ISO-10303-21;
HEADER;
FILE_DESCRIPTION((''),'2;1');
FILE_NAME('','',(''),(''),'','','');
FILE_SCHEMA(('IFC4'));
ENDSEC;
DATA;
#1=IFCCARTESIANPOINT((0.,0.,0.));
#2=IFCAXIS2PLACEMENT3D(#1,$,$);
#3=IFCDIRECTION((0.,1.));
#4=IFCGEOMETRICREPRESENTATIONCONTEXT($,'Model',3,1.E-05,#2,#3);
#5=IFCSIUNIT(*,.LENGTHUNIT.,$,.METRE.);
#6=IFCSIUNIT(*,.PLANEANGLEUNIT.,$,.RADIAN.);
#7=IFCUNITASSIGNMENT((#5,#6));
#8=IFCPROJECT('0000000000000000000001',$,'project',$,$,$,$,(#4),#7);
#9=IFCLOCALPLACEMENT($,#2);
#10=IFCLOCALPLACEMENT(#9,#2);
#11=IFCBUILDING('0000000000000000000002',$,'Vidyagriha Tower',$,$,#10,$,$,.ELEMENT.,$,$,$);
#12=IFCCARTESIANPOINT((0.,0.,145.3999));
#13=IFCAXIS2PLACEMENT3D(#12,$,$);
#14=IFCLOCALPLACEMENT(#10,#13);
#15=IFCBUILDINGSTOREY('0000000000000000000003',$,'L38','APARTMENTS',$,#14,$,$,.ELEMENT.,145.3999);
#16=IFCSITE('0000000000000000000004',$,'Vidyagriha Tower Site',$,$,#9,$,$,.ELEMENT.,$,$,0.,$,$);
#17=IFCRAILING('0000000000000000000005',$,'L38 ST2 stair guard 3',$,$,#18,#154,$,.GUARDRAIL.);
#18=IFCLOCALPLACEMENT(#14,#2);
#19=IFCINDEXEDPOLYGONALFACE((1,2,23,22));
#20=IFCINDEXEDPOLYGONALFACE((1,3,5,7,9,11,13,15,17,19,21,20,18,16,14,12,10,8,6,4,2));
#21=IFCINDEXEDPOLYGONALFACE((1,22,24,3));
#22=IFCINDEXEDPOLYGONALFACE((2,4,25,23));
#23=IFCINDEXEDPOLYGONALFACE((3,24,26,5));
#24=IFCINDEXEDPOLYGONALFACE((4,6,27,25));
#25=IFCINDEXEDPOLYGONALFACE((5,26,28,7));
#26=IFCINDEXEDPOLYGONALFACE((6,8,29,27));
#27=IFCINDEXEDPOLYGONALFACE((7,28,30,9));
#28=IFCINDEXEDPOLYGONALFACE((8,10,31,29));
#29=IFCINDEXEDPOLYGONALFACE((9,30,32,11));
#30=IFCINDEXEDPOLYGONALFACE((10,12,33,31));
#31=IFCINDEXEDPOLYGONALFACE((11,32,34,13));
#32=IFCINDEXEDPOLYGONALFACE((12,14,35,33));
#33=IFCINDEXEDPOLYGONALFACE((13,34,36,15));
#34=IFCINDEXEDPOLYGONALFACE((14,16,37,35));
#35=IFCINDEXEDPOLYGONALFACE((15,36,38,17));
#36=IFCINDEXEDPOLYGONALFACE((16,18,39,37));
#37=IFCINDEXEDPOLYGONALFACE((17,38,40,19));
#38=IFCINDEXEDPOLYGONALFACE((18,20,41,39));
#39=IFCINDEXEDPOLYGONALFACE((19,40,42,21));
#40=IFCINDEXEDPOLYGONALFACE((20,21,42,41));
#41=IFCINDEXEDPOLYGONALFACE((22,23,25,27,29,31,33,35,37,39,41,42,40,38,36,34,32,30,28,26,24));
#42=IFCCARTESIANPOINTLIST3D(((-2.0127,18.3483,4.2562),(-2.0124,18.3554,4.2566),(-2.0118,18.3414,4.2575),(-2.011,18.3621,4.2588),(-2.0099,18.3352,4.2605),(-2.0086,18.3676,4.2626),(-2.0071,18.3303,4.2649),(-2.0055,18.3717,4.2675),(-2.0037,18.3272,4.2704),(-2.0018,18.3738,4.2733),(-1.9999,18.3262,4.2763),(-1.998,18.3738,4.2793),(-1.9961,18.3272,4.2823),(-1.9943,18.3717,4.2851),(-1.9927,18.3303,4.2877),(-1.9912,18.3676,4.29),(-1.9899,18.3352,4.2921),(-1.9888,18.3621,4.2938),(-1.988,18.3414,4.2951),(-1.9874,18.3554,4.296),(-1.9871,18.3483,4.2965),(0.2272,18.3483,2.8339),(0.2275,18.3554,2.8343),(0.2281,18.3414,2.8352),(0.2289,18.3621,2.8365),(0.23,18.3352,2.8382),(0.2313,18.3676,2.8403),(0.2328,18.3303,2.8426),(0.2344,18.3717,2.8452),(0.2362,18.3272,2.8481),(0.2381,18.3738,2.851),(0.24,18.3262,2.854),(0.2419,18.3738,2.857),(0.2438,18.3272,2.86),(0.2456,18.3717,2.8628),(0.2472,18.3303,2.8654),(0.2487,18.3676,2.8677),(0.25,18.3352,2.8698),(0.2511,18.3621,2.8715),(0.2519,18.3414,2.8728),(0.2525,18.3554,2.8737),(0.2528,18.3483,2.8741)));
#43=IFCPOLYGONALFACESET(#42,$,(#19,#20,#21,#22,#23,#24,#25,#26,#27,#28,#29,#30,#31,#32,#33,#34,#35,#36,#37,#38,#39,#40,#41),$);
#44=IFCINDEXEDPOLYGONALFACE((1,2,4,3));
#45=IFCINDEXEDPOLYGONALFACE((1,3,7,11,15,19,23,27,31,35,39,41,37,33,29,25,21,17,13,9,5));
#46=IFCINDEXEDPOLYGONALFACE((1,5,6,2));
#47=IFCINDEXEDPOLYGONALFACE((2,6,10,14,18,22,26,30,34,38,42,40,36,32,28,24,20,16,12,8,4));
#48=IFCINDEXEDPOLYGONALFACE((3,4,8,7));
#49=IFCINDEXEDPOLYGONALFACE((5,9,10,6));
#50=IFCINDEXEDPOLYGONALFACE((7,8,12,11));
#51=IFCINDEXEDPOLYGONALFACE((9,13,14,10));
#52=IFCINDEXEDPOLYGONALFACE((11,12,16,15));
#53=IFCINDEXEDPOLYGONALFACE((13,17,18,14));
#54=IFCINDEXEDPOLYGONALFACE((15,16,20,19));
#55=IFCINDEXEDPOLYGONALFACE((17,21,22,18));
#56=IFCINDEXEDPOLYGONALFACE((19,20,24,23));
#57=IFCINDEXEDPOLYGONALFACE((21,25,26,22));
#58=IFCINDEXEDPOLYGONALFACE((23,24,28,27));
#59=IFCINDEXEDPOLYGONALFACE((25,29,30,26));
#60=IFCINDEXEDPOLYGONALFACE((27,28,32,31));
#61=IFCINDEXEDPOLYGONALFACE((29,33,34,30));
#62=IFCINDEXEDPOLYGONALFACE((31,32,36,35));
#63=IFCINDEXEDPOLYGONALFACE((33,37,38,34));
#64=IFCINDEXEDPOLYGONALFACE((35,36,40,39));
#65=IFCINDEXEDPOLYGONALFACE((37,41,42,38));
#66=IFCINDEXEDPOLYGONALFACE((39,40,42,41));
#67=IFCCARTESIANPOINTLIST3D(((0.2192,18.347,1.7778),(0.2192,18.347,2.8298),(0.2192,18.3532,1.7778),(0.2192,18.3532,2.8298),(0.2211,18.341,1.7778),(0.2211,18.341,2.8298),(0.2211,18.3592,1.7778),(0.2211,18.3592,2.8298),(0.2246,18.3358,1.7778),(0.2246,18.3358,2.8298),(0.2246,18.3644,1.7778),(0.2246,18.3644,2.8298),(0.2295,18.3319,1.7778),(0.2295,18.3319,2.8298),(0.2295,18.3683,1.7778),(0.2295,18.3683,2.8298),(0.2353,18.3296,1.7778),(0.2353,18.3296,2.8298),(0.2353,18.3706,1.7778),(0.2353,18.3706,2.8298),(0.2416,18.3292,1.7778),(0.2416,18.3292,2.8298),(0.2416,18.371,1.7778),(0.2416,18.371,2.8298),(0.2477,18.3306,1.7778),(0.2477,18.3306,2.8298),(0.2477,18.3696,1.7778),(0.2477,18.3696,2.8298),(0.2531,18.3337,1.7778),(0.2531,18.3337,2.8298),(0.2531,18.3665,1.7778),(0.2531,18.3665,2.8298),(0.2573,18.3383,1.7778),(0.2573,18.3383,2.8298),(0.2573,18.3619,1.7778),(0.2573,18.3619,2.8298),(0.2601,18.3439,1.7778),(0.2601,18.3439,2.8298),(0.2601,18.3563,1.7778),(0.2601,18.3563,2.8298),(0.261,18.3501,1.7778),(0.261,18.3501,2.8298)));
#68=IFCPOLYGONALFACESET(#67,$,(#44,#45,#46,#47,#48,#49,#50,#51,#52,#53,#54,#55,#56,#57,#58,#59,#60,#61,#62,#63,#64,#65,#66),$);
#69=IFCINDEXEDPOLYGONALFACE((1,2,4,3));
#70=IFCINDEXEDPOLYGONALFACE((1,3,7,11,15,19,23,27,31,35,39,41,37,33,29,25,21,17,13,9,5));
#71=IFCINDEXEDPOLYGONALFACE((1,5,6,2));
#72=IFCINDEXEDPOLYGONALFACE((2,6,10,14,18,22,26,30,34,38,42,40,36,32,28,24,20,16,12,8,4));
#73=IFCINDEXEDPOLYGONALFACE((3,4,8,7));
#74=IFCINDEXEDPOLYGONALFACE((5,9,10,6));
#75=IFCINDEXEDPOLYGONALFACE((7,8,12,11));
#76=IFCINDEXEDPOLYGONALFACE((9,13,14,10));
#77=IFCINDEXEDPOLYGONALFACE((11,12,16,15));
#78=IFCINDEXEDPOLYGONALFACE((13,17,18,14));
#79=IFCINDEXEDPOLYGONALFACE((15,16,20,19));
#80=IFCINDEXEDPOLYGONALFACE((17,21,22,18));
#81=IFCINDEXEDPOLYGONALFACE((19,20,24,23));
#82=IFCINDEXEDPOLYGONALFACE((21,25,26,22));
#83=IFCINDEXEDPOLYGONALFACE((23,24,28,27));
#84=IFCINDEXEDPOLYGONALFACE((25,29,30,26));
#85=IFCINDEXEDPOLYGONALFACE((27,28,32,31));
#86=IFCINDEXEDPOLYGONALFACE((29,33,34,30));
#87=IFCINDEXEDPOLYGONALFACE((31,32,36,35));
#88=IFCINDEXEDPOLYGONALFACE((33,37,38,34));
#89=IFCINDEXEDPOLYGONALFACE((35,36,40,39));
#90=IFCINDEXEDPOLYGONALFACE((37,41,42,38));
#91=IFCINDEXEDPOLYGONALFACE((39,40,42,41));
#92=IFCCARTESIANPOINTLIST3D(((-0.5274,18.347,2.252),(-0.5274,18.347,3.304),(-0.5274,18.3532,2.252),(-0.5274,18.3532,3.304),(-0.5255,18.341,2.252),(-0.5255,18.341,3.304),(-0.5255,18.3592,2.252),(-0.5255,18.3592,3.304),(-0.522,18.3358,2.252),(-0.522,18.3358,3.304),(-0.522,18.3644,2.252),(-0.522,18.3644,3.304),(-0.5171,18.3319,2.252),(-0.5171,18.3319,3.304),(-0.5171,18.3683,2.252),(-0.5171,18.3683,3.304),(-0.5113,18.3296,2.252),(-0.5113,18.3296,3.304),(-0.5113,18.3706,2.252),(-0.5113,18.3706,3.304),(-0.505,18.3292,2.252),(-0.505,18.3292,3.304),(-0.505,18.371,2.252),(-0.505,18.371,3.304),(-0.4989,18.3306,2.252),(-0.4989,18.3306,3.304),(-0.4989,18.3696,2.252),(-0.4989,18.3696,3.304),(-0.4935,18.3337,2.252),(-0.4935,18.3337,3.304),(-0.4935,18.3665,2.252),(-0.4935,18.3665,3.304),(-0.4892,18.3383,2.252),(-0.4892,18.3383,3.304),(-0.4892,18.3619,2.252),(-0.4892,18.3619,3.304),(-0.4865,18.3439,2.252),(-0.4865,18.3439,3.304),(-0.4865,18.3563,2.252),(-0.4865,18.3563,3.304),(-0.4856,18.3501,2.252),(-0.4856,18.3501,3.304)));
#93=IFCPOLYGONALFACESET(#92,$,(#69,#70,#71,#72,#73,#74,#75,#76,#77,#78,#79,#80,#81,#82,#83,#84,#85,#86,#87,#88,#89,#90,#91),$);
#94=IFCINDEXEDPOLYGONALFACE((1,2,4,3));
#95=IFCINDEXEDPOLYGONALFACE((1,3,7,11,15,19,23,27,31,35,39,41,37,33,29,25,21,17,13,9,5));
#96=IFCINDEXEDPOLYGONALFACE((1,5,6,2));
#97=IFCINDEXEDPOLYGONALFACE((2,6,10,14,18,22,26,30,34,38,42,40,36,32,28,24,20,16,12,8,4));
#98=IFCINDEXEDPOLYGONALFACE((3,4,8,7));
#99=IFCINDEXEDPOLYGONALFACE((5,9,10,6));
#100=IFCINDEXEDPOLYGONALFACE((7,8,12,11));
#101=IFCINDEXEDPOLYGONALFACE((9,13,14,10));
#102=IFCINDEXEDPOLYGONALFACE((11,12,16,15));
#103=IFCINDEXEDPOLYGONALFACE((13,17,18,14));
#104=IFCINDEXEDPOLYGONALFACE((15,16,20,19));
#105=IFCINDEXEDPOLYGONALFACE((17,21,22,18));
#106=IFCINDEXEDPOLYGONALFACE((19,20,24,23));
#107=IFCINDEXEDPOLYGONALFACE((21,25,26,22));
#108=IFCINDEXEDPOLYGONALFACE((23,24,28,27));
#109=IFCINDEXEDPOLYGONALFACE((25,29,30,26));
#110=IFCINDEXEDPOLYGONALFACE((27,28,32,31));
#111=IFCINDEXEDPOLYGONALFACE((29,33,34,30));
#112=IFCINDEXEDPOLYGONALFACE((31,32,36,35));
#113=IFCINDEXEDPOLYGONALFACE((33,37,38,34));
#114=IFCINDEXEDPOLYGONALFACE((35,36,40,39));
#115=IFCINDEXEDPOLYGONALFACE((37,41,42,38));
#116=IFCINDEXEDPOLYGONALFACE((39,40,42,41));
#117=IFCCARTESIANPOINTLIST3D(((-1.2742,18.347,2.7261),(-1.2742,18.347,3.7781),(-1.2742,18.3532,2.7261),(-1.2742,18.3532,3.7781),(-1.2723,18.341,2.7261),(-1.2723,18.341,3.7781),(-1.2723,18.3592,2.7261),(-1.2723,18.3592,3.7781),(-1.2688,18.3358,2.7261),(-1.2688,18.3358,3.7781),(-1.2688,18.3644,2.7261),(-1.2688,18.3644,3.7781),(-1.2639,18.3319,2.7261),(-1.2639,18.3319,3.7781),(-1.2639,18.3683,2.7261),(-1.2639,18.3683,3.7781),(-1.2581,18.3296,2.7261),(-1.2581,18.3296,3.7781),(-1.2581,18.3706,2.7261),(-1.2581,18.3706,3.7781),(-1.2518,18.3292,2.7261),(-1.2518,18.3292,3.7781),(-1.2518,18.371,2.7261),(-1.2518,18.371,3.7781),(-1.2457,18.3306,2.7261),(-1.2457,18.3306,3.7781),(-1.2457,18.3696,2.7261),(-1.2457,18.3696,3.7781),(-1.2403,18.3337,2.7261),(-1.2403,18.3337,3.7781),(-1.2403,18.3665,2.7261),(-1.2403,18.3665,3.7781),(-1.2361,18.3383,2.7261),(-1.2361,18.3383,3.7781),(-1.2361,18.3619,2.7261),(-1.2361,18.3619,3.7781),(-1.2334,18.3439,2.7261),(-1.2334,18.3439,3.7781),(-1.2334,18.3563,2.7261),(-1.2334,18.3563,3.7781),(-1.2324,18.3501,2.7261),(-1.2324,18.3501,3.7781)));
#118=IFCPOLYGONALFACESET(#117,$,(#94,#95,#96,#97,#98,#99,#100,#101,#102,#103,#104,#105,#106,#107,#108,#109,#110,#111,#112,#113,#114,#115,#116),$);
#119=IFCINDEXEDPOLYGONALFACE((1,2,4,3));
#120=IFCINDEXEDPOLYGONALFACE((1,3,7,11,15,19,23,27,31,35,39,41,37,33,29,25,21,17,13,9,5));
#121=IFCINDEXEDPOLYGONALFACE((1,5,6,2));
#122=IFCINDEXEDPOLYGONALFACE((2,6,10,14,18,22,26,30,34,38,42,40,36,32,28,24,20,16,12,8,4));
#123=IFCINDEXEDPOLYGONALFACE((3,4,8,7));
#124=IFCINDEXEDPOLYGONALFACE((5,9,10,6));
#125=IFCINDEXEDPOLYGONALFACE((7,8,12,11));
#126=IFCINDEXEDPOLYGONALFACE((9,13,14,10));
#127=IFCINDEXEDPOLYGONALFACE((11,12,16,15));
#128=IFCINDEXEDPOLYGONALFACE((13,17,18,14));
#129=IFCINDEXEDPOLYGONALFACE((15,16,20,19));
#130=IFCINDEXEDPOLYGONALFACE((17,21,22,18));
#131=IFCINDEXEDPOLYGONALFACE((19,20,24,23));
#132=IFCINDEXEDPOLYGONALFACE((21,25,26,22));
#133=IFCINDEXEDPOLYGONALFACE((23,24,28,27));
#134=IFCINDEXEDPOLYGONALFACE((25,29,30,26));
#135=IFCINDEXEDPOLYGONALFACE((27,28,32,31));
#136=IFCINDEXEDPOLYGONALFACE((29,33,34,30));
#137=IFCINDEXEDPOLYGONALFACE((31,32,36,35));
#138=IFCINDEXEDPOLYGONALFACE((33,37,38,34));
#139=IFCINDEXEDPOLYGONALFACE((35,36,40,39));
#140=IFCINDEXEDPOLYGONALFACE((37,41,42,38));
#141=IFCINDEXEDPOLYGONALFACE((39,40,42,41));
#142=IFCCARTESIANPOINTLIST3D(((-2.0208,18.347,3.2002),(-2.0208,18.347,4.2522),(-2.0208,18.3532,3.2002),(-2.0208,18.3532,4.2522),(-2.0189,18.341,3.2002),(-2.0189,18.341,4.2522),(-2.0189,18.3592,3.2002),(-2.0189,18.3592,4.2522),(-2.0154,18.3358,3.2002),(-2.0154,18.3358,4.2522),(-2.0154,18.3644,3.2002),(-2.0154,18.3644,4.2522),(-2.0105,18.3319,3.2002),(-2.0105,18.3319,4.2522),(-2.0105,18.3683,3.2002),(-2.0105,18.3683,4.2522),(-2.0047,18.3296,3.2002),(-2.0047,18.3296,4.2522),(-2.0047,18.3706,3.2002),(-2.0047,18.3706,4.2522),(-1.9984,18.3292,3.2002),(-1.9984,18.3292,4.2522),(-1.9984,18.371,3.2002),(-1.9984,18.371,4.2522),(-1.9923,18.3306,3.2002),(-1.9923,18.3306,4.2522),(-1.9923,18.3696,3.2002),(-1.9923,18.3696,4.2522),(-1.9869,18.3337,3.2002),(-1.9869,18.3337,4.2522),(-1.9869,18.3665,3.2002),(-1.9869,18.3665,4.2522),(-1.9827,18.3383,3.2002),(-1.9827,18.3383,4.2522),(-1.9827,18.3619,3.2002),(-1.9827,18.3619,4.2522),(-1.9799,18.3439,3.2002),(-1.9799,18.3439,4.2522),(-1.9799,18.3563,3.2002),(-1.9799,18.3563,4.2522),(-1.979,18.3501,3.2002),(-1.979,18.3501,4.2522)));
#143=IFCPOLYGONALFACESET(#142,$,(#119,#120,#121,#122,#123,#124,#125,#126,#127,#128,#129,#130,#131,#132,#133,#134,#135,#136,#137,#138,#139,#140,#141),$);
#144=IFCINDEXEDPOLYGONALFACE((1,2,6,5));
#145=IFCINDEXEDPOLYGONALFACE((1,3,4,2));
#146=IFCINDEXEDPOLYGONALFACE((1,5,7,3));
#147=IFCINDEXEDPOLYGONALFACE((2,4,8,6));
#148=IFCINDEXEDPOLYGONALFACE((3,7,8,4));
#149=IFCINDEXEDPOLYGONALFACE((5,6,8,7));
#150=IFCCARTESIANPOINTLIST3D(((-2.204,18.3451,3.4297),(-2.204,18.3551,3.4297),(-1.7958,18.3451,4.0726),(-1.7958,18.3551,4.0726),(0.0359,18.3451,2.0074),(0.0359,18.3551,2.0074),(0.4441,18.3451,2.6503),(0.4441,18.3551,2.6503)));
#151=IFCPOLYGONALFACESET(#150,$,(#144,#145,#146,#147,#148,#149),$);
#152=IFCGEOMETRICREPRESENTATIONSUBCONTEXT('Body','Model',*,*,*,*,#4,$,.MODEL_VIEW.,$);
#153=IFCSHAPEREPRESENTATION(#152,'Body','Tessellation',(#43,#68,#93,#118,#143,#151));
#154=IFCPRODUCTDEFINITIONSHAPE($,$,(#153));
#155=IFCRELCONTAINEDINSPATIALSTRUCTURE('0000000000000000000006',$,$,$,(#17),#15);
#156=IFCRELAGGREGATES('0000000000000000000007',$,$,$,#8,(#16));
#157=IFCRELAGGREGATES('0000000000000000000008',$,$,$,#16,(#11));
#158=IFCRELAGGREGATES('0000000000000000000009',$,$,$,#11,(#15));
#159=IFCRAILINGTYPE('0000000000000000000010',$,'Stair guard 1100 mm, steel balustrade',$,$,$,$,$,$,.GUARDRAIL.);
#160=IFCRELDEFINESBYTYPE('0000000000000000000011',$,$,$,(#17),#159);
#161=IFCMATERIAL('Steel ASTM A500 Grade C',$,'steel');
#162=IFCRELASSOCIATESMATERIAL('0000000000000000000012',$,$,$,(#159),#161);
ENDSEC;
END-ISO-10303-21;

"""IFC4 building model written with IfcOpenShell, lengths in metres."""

from ifc_helpers import new_model, si_unit, direction, frame, origin, origin_2d, place, context, subcontext, project, spatial, rectangle, circle, extrude, material, type_object, element, save


model = new_model("IFC4")

# Units and contexts
model_context = context("Model", 3, precision=1e-05, world=origin(), true_north=direction((0.0, 1.0)))
body_context = subcontext(model_context, "Body", "Model", "MODEL_VIEW")
ifc_project = project(units=[si_unit("LENGTHUNIT", "METRE"), si_unit("PLANEANGLEUNIT", "RADIAN")], contexts=[model_context])

# Site, building, storey
site_placement = place(None, origin())
site = spatial("IfcSite", under=ifc_project, at=site_placement, Name="Vidyagriha Tower Site", CompositionType="ELEMENT", RefElevation=0.0)
building_placement = place(site_placement, origin())
building = spatial("IfcBuilding", under=site, at=building_placement, Name="Vidyagriha Tower", CompositionType="ELEMENT")
storey_placement = place(building_placement, frame((0.0, 0.0, 145.3999)))
storey = spatial("IfcBuildingStorey", under=building, at=storey_placement, Name="L38", Description="APARTMENTS", CompositionType="ELEMENT", Elevation=145.3999)

# Railing
ifc_material_1 = material(Name="Steel ASTM A500 Grade C", Category="steel")
railing_type_1 = type_object("IfcRailingType", Name="Stair guard 1100 mm, steel balustrade", PredefinedType="GUARDRAIL", material=ifc_material_1)
railing_1_placement = place(storey_placement, frame((0.24, 18.3501, 1.7778)))
element("IfcRailing", 1, at=railing_1_placement, inside=storey, type_object=railing_type_1, Name="L38 ST2 stair guard 3", PredefinedType="GUARDRAIL", context=body_context, shape_type="SweptSolid", body=[
    extrude(circle(Radius=0.0239, at=origin_2d()), frame((0.0, 0.0, 1.0762), z_axis=(-0.844188, 0.0, 0.536048), x_axis=(0.0, -1.0, 0.0)), (0.0, 0.0, 1.0), 2.6533),
    extrude(circle(Radius=0.021, at=origin_2d()), origin(), (0.0, 0.0, 1.0), 1.052),
    extrude(circle(Radius=0.021, at=origin_2d()), frame((-0.7466, 0.0, 0.4741)), (0.0, 0.0, 1.0), 1.052),
    extrude(circle(Radius=0.021, at=origin_2d()), frame((-1.4934, 0.0, 0.9482)), (0.0, 0.0, 1.0), 1.052),
    extrude(circle(Radius=0.021, at=origin_2d()), frame((-2.24, 0.0, 1.4224)), (0.0, 0.0, 1.0), 1.052),
    extrude(rectangle(XDim=0.01, YDim=0.7615, at=origin_2d()), frame((0.0, 0.0, 0.551), z_axis=(-0.844188, 0.0, 0.536048), x_axis=(0.0, -1.0, 0.0)), (0.0, 0.0, 1.0), 2.6533),
])

save(model, "model.ifc")
